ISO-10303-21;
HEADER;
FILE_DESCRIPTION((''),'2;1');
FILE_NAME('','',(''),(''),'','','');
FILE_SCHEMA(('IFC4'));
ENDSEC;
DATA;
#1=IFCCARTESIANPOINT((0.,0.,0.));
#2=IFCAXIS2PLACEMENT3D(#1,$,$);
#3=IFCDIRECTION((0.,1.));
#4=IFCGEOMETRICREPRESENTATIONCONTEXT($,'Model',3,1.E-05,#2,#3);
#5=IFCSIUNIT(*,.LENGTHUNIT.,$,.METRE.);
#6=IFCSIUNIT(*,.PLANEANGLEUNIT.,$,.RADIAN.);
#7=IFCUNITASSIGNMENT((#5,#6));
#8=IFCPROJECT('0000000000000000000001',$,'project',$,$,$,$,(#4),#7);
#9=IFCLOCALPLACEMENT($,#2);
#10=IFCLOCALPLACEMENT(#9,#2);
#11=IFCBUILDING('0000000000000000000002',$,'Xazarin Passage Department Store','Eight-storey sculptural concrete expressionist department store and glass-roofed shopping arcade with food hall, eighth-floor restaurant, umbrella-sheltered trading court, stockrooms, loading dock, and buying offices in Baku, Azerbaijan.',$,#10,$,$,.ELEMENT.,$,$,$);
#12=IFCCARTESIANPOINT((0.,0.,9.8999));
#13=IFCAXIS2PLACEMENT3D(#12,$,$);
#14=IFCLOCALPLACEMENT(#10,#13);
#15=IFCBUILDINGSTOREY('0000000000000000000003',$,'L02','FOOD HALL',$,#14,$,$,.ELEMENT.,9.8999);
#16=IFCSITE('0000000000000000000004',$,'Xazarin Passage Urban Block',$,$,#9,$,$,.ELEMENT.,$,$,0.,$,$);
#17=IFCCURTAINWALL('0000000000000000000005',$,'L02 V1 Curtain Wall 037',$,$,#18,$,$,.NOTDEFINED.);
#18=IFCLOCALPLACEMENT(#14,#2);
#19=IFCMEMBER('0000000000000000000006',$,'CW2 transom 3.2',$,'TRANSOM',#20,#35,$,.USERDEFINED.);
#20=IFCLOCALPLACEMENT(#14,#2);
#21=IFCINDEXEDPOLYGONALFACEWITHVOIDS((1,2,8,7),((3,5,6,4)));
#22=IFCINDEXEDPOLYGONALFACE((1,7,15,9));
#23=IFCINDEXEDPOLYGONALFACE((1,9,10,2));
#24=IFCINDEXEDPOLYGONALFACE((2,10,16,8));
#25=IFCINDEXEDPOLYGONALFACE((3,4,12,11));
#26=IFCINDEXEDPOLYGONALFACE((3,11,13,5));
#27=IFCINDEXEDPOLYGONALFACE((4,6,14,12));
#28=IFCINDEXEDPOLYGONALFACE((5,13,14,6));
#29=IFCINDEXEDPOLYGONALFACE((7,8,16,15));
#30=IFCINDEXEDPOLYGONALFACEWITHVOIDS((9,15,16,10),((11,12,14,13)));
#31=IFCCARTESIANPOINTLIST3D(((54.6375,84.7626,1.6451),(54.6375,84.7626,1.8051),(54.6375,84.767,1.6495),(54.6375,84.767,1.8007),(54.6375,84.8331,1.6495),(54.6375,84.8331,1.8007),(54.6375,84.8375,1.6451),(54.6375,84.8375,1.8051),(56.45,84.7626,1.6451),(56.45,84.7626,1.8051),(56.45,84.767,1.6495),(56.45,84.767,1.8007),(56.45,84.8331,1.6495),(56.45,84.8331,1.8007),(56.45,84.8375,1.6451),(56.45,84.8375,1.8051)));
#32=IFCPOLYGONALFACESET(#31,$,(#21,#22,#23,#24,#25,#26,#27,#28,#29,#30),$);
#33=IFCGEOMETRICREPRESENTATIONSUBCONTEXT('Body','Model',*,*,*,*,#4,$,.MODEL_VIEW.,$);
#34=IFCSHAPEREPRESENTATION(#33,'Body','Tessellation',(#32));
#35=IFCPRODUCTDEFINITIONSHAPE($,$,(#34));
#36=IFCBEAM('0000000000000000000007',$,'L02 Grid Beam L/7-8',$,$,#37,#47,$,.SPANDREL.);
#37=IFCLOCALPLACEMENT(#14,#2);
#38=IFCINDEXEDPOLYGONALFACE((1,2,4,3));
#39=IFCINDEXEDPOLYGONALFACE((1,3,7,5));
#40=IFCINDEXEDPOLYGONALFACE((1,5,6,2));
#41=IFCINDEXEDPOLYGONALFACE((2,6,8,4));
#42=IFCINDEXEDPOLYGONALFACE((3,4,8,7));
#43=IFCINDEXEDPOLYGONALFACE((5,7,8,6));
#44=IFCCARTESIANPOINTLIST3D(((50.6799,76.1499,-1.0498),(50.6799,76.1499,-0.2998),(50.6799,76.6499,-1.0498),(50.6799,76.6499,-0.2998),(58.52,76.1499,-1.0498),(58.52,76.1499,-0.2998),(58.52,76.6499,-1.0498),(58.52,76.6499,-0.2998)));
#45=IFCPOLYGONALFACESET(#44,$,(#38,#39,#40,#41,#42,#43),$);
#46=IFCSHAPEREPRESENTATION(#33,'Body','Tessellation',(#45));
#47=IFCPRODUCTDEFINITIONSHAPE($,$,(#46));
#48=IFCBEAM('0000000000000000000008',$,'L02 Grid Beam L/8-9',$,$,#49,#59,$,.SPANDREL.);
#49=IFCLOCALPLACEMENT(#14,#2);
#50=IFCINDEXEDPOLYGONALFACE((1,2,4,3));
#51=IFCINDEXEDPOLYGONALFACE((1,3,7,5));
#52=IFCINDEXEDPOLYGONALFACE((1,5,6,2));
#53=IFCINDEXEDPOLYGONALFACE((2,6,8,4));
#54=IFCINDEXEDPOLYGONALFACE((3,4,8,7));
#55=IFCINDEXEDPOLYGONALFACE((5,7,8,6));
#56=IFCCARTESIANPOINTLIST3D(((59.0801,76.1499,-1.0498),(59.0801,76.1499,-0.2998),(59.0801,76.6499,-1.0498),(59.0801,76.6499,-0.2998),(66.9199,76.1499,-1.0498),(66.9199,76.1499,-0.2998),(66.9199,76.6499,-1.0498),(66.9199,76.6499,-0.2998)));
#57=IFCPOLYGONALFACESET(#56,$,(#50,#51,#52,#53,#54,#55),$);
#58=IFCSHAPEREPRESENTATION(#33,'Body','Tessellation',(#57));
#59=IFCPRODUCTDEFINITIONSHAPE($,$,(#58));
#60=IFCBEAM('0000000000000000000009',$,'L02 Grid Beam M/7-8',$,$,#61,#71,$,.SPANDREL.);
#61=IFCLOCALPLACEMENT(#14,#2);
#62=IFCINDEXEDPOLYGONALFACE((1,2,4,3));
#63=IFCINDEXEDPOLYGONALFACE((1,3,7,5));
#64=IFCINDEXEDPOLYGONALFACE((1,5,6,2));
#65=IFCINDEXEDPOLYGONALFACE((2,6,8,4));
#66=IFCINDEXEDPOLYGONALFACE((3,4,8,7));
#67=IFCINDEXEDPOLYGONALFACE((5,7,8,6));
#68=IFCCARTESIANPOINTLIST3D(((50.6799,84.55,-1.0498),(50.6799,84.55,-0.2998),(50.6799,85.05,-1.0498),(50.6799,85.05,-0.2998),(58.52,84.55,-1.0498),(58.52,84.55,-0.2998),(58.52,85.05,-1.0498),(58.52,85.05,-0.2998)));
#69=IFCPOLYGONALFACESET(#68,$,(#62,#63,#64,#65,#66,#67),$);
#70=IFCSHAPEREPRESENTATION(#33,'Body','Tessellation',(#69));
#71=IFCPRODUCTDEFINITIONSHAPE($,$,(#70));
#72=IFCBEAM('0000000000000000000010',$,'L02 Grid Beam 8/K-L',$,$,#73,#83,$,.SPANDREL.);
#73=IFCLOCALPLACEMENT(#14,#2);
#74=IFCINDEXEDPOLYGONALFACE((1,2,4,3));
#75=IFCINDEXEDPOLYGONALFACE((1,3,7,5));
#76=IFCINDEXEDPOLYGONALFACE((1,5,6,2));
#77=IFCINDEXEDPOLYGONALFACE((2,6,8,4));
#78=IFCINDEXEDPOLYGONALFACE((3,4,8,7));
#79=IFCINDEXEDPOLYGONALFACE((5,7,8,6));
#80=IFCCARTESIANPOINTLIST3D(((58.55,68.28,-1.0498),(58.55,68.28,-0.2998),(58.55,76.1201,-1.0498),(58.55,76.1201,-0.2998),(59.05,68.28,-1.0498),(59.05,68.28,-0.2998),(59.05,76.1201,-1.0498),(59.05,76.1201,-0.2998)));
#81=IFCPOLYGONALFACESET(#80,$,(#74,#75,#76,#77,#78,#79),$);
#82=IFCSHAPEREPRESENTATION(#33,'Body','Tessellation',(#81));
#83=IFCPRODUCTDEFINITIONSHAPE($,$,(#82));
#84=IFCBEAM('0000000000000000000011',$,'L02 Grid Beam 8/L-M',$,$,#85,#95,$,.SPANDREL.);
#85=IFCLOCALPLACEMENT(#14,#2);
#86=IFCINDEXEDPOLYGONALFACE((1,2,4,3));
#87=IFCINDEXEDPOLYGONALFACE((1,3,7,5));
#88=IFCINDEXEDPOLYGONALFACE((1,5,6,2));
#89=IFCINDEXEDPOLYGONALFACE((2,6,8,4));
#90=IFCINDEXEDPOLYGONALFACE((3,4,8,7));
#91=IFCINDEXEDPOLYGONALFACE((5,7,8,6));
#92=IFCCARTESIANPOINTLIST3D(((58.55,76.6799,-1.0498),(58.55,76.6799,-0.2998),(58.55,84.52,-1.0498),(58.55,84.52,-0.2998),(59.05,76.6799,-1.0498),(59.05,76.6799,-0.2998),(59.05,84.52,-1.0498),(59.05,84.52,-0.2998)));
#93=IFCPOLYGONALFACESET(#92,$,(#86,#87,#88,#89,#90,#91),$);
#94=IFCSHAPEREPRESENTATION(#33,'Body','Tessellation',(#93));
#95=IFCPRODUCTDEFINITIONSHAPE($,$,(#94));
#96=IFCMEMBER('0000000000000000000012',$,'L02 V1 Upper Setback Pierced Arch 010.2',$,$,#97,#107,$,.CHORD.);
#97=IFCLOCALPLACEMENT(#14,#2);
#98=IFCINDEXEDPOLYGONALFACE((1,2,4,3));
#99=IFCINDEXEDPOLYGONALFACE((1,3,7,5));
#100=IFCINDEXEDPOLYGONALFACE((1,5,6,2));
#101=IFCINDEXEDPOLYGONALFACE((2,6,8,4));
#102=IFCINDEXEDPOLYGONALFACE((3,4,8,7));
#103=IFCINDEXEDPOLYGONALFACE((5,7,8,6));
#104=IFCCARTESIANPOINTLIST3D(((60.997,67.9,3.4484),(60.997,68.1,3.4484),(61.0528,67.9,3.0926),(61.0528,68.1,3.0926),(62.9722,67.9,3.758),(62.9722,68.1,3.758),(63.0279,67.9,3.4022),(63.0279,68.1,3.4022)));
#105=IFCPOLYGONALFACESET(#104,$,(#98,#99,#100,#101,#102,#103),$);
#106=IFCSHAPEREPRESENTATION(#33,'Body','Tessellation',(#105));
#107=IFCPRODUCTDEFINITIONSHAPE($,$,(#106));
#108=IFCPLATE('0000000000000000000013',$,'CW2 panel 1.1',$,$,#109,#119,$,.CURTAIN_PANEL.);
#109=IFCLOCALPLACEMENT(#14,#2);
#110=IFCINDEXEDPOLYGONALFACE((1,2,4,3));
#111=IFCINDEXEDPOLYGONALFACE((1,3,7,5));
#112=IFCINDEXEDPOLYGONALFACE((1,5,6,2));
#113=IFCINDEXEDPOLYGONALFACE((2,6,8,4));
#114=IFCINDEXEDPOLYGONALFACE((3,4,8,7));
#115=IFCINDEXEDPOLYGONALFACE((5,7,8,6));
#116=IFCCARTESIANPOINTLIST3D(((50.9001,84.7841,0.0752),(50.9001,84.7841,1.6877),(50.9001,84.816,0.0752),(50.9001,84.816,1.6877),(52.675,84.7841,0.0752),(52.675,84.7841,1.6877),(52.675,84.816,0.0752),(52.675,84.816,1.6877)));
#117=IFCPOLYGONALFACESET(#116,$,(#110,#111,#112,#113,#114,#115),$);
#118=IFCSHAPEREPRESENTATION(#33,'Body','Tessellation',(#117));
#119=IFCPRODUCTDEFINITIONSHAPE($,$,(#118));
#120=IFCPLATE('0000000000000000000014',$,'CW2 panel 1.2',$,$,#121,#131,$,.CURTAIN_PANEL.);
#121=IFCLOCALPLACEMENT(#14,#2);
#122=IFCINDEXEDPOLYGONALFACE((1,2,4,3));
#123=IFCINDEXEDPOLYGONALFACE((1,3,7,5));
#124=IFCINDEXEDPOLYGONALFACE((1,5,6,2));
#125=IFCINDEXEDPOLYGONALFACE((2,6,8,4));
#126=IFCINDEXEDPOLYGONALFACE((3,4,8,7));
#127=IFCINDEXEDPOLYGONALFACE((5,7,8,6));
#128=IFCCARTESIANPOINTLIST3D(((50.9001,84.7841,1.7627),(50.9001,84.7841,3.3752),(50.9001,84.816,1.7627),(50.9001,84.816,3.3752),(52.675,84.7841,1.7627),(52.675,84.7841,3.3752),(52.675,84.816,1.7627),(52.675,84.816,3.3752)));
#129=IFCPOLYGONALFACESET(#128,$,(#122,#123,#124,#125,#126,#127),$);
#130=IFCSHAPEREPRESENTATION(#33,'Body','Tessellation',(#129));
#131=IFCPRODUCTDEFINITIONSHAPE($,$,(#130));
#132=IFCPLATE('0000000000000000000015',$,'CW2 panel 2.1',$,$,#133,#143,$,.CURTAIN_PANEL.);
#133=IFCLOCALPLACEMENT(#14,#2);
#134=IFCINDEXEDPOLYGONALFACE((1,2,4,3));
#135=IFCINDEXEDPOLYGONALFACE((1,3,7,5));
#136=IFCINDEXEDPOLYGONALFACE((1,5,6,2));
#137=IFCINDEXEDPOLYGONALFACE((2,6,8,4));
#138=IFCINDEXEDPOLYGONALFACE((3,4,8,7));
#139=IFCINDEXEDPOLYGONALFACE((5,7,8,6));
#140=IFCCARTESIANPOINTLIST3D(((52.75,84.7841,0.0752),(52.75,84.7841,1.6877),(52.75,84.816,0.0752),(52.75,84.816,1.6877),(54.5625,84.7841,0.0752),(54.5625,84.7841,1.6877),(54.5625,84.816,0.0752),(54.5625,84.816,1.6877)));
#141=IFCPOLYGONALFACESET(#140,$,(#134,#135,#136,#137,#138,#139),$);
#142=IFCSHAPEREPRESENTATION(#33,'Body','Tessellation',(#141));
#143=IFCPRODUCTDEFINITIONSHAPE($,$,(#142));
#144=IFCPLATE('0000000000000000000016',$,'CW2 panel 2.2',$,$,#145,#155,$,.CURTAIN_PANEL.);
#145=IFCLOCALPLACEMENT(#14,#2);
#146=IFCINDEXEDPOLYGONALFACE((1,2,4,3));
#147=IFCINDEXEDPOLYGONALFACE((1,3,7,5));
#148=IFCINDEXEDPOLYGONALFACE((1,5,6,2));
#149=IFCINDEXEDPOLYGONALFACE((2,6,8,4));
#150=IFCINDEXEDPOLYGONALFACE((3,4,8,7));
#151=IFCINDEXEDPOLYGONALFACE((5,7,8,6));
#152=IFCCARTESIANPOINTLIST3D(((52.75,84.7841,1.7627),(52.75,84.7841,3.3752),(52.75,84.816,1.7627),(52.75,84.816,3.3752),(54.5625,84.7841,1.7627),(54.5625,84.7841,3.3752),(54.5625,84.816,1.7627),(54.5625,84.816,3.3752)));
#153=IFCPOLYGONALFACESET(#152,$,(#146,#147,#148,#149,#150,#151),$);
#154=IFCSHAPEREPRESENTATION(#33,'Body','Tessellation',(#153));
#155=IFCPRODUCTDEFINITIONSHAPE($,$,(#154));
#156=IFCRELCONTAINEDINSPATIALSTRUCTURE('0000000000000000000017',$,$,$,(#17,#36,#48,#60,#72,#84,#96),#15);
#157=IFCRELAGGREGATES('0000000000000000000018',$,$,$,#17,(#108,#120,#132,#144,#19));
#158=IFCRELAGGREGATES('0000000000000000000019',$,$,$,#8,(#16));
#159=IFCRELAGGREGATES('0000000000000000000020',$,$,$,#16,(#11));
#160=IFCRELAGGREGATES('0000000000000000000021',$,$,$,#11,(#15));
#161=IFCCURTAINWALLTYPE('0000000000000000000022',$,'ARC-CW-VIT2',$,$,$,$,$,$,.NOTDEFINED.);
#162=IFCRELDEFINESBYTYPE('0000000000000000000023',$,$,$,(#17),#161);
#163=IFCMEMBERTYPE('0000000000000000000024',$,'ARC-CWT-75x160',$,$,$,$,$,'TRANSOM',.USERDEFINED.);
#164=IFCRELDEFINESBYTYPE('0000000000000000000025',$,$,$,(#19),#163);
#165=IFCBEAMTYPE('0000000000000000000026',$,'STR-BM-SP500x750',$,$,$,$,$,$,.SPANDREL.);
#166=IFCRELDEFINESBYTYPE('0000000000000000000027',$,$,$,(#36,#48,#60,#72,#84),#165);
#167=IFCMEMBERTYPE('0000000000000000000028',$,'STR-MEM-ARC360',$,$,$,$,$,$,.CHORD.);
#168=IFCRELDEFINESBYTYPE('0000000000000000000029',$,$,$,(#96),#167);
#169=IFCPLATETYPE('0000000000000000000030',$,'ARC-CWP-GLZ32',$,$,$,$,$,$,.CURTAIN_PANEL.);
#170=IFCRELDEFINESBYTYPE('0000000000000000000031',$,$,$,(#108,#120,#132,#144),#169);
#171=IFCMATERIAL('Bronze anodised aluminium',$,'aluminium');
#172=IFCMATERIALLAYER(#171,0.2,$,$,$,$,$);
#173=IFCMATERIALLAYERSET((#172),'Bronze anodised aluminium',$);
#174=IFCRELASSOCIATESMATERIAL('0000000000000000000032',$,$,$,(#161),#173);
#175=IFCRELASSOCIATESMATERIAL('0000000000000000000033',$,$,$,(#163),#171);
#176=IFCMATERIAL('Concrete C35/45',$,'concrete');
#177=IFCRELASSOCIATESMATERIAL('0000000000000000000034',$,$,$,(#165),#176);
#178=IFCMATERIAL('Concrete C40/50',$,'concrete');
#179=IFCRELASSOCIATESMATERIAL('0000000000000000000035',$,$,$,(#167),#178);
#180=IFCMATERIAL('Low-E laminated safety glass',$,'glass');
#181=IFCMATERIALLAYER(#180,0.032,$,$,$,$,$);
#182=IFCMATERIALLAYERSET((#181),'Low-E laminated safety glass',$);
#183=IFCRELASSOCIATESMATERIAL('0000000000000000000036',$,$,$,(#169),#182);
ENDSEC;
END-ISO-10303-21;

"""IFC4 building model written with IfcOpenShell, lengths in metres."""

from ifc_helpers import new_model, si_unit, direction, frame, origin, origin_2d, place, context, subcontext, project, spatial, rectangle, hollow_rectangle, extrude, material, layer, layer_set, material_profile, profile_set, type_object, element, aggregate, save


model = new_model("IFC4")

# Units and contexts
model_context = context("Model", 3, precision=1e-05, world=origin(), true_north=direction((0.0, 1.0)))
body_context = subcontext(model_context, "Body", "Model", "MODEL_VIEW")
ifc_project = project(units=[si_unit("LENGTHUNIT", "METRE"), si_unit("PLANEANGLEUNIT", "RADIAN")], contexts=[model_context])

# Site, building, storey
site_placement = place(None, origin())
site = spatial("IfcSite", under=ifc_project, at=site_placement, Name="Xazarin Passage Urban Block", CompositionType="ELEMENT", RefElevation=0.0)
building_placement = place(site_placement, origin())
building = spatial("IfcBuilding", under=site, at=building_placement, Name="Xazarin Passage Department Store", Description="Eight-storey sculptural concrete expressionist department store and glass-roofed shopping arcade with food hall, eighth-floor restaurant, umbrella-sheltered trading court, stockrooms, loading dock, and buying offices in Baku, Azerbaijan.", CompositionType="ELEMENT")
storey_placement = place(building_placement, frame((0.0, 0.0, 9.8999)))
storey = spatial("IfcBuildingStorey", under=building, at=storey_placement, Name="L02", Description="FOOD HALL", CompositionType="ELEMENT", Elevation=9.8999)

# Shared definitions
ifc_material_1 = material(Name="Concrete C40/50", Category="concrete")

# Curtain wall, member
ifc_material_2 = material(Name="Bronze anodised aluminium", Category="aluminium")
ifc_layer_1 = layer(ifc_material_2, 0.2)
ifc_layer_set_1 = layer_set([ifc_layer_1], Name="Bronze anodised aluminium")
curtain_wall_type = type_object("IfcCurtainWallType", Name="ARC-CW-VIT2", PredefinedType="NOTDEFINED", material=ifc_layer_set_1)
curtain_wall_placement = place(storey_placement, origin())
curtain_wall = element("IfcCurtainWall", 1, at=curtain_wall_placement, inside=storey, type_object=curtain_wall_type, Name="L02 V1 Curtain Wall 037", PredefinedType="NOTDEFINED")
ifc_material_profile_1 = material_profile(ifc_material_2, hollow_rectangle(XDim=0.075, YDim=0.1599, WallThickness=0.0044, at=origin_2d()), Name="ALU 75x160")
ifc_profile_set_1 = profile_set([ifc_material_profile_1], Name="Bronze anodised aluminium")
member_type_1 = type_object("IfcMemberType", Name="ARC-CWT-75x160", ElementType="TRANSOM", PredefinedType="USERDEFINED", material=ifc_profile_set_1)
member_1_placement = place(storey_placement, frame((54.6375, 84.8, 1.7251), z_axis=(1.0, 0.0, 0.0), x_axis=(0.0, 1.0, 0.0)))
member_1 = element("IfcMember", 2, at=member_1_placement, type_object=member_type_1, Name="CW2 transom 3.2", ObjectType="TRANSOM", PredefinedType="USERDEFINED", context=body_context, shape_type="SweptSolid", body=[
    extrude(hollow_rectangle(XDim=0.075, YDim=0.1599, WallThickness=0.0044, at=origin_2d()), origin(), (0.0, 0.0, 1.0), 1.8125),
])

# Beams
ifc_material_3 = material(Name="Concrete C35/45", Category="concrete")
ifc_material_profile_2 = material_profile(ifc_material_3, rectangle(XDim=0.5, YDim=0.75, at=origin_2d()), Name="RC 500x750")
ifc_profile_set_2 = profile_set([ifc_material_profile_2], Name="Concrete C35/45")
beam_type = type_object("IfcBeamType", Name="STR-BM-SP500x750", PredefinedType="SPANDREL", material=ifc_profile_set_2)
beam_1_placement = place(storey_placement, frame((50.6799, 76.3999, -0.6748), z_axis=(1.0, 0.0, 0.0), x_axis=(0.0, 1.0, 0.0)))
element("IfcBeam", 3, at=beam_1_placement, inside=storey, type_object=beam_type, Name="L02 Grid Beam L/7-8", PredefinedType="SPANDREL", context=body_context, shape_type="SweptSolid", body=[
    extrude(rectangle(XDim=0.5, YDim=0.75, at=origin_2d()), origin(), (0.0, 0.0, 1.0), 7.8401),
])
beam_2_placement = place(storey_placement, frame((59.0801, 76.3999, -0.6748), z_axis=(1.0, 0.0, 0.0), x_axis=(0.0, 1.0, 0.0)))
element("IfcBeam", 4, at=beam_2_placement, inside=storey, type_object=beam_type, Name="L02 Grid Beam L/8-9", PredefinedType="SPANDREL", context=body_context, shape_type="SweptSolid", body=[
    extrude(rectangle(XDim=0.5, YDim=0.75, at=origin_2d()), origin(), (0.0, 0.0, 1.0), 7.8398),
])
for number, where, z_axis, x_axis, name in (
    (5, (50.6799, 84.8, -0.6748), (1.0, 0.0, 0.0), (0.0, 1.0, 0.0), "L02 Grid Beam M/7-8"),
    (6, (58.8, 68.28, -0.6748), (0.0, 1.0, 0.0), (-1.0, 0.0, 0.0), "L02 Grid Beam 8/K-L"),
    (7, (58.8, 76.6799, -0.6748), (0.0, 1.0, 0.0), (-1.0, 0.0, 0.0), "L02 Grid Beam 8/L-M"),
):
    element("IfcBeam", number, at=place(storey_placement, frame(where, z_axis=z_axis, x_axis=x_axis)), inside=storey, type_object=beam_type, Name=name, PredefinedType="SPANDREL", context=body_context, shape_type="SweptSolid", body=[
        extrude(rectangle(XDim=0.5, YDim=0.75, at=origin_2d()), origin(), (0.0, 0.0, 1.0), 7.8401),
    ])

# Member
ifc_material_profile_3 = material_profile(ifc_material_1, rectangle(XDim=0.2, YDim=0.3601, at=origin_2d()), Name="RC 200x360")
ifc_profile_set_3 = profile_set([ifc_material_profile_3], Name="Concrete C40/50")
member_type_2 = type_object("IfcMemberType", Name="STR-MEM-ARC360", PredefinedType="CHORD", material=ifc_profile_set_3)
member_2_placement = place(storey_placement, frame((61.0249, 68.0, 3.2705), z_axis=(0.987939, 0.0, 0.154846), x_axis=(0.0, 1.0, 0.0)))
element("IfcMember", 8, at=member_2_placement, inside=storey, type_object=member_type_2, Name="L02 V1 Upper Setback Pierced Arch 010.2", PredefinedType="CHORD", context=body_context, shape_type="SweptSolid", body=[
    extrude(rectangle(XDim=0.2, YDim=0.3601, at=origin_2d()), origin(), (0.0, 0.0, 1.0), 1.9993),
])

# Plates
ifc_material_4 = material(Name="Low-E laminated safety glass", Category="glass")
ifc_layer_2 = layer(ifc_material_4, 0.032)
ifc_layer_set_2 = layer_set([ifc_layer_2], Name="Low-E laminated safety glass")
plate_type = type_object("IfcPlateType", Name="ARC-CWP-GLZ32", PredefinedType="CURTAIN_PANEL", material=ifc_layer_set_2)
plate_1_placement = place(storey_placement, frame((51.7876, 84.8, 0.0752), z_axis=(0.0, 0.0, 1.0), x_axis=(1.0, 0.0, 0.0)))
plate_1 = element("IfcPlate", 9, at=plate_1_placement, type_object=plate_type, Name="CW2 panel 1.1", PredefinedType="CURTAIN_PANEL", context=body_context, shape_type="SweptSolid", body=[
    extrude(rectangle(XDim=1.7749, YDim=0.032, at=origin_2d()), origin(), (0.0, 0.0, 1.0), 1.6125),
])
plate_2_placement = place(storey_placement, frame((51.7876, 84.8, 1.7627), z_axis=(0.0, 0.0, 1.0), x_axis=(1.0, 0.0, 0.0)))
plate_2 = element("IfcPlate", 10, at=plate_2_placement, type_object=plate_type, Name="CW2 panel 1.2", PredefinedType="CURTAIN_PANEL", context=body_context, shape_type="SweptSolid", body=[
    extrude(rectangle(XDim=1.7749, YDim=0.032, at=origin_2d()), origin(), (0.0, 0.0, 1.0), 1.6125),
])
plate_3_placement = place(storey_placement, frame((53.6562, 84.8, 0.0752), z_axis=(0.0, 0.0, 1.0), x_axis=(1.0, 0.0, 0.0)))
plate_3 = element("IfcPlate", 11, at=plate_3_placement, type_object=plate_type, Name="CW2 panel 2.1", PredefinedType="CURTAIN_PANEL", context=body_context, shape_type="SweptSolid", body=[
    extrude(rectangle(XDim=1.8125, YDim=0.032, at=origin_2d()), origin(), (0.0, 0.0, 1.0), 1.6125),
])
plate_4_placement = place(storey_placement, frame((53.6562, 84.8, 1.7627), z_axis=(0.0, 0.0, 1.0), x_axis=(1.0, 0.0, 0.0)))
plate_4 = element("IfcPlate", 12, at=plate_4_placement, type_object=plate_type, Name="CW2 panel 2.2", PredefinedType="CURTAIN_PANEL", context=body_context, shape_type="SweptSolid", body=[
    extrude(rectangle(XDim=1.8125, YDim=0.032, at=origin_2d()), origin(), (0.0, 0.0, 1.0), 1.6125),
])
aggregate(curtain_wall, [plate_1, plate_2, plate_3, plate_4, member_1])

save(model, "model.ifc")
